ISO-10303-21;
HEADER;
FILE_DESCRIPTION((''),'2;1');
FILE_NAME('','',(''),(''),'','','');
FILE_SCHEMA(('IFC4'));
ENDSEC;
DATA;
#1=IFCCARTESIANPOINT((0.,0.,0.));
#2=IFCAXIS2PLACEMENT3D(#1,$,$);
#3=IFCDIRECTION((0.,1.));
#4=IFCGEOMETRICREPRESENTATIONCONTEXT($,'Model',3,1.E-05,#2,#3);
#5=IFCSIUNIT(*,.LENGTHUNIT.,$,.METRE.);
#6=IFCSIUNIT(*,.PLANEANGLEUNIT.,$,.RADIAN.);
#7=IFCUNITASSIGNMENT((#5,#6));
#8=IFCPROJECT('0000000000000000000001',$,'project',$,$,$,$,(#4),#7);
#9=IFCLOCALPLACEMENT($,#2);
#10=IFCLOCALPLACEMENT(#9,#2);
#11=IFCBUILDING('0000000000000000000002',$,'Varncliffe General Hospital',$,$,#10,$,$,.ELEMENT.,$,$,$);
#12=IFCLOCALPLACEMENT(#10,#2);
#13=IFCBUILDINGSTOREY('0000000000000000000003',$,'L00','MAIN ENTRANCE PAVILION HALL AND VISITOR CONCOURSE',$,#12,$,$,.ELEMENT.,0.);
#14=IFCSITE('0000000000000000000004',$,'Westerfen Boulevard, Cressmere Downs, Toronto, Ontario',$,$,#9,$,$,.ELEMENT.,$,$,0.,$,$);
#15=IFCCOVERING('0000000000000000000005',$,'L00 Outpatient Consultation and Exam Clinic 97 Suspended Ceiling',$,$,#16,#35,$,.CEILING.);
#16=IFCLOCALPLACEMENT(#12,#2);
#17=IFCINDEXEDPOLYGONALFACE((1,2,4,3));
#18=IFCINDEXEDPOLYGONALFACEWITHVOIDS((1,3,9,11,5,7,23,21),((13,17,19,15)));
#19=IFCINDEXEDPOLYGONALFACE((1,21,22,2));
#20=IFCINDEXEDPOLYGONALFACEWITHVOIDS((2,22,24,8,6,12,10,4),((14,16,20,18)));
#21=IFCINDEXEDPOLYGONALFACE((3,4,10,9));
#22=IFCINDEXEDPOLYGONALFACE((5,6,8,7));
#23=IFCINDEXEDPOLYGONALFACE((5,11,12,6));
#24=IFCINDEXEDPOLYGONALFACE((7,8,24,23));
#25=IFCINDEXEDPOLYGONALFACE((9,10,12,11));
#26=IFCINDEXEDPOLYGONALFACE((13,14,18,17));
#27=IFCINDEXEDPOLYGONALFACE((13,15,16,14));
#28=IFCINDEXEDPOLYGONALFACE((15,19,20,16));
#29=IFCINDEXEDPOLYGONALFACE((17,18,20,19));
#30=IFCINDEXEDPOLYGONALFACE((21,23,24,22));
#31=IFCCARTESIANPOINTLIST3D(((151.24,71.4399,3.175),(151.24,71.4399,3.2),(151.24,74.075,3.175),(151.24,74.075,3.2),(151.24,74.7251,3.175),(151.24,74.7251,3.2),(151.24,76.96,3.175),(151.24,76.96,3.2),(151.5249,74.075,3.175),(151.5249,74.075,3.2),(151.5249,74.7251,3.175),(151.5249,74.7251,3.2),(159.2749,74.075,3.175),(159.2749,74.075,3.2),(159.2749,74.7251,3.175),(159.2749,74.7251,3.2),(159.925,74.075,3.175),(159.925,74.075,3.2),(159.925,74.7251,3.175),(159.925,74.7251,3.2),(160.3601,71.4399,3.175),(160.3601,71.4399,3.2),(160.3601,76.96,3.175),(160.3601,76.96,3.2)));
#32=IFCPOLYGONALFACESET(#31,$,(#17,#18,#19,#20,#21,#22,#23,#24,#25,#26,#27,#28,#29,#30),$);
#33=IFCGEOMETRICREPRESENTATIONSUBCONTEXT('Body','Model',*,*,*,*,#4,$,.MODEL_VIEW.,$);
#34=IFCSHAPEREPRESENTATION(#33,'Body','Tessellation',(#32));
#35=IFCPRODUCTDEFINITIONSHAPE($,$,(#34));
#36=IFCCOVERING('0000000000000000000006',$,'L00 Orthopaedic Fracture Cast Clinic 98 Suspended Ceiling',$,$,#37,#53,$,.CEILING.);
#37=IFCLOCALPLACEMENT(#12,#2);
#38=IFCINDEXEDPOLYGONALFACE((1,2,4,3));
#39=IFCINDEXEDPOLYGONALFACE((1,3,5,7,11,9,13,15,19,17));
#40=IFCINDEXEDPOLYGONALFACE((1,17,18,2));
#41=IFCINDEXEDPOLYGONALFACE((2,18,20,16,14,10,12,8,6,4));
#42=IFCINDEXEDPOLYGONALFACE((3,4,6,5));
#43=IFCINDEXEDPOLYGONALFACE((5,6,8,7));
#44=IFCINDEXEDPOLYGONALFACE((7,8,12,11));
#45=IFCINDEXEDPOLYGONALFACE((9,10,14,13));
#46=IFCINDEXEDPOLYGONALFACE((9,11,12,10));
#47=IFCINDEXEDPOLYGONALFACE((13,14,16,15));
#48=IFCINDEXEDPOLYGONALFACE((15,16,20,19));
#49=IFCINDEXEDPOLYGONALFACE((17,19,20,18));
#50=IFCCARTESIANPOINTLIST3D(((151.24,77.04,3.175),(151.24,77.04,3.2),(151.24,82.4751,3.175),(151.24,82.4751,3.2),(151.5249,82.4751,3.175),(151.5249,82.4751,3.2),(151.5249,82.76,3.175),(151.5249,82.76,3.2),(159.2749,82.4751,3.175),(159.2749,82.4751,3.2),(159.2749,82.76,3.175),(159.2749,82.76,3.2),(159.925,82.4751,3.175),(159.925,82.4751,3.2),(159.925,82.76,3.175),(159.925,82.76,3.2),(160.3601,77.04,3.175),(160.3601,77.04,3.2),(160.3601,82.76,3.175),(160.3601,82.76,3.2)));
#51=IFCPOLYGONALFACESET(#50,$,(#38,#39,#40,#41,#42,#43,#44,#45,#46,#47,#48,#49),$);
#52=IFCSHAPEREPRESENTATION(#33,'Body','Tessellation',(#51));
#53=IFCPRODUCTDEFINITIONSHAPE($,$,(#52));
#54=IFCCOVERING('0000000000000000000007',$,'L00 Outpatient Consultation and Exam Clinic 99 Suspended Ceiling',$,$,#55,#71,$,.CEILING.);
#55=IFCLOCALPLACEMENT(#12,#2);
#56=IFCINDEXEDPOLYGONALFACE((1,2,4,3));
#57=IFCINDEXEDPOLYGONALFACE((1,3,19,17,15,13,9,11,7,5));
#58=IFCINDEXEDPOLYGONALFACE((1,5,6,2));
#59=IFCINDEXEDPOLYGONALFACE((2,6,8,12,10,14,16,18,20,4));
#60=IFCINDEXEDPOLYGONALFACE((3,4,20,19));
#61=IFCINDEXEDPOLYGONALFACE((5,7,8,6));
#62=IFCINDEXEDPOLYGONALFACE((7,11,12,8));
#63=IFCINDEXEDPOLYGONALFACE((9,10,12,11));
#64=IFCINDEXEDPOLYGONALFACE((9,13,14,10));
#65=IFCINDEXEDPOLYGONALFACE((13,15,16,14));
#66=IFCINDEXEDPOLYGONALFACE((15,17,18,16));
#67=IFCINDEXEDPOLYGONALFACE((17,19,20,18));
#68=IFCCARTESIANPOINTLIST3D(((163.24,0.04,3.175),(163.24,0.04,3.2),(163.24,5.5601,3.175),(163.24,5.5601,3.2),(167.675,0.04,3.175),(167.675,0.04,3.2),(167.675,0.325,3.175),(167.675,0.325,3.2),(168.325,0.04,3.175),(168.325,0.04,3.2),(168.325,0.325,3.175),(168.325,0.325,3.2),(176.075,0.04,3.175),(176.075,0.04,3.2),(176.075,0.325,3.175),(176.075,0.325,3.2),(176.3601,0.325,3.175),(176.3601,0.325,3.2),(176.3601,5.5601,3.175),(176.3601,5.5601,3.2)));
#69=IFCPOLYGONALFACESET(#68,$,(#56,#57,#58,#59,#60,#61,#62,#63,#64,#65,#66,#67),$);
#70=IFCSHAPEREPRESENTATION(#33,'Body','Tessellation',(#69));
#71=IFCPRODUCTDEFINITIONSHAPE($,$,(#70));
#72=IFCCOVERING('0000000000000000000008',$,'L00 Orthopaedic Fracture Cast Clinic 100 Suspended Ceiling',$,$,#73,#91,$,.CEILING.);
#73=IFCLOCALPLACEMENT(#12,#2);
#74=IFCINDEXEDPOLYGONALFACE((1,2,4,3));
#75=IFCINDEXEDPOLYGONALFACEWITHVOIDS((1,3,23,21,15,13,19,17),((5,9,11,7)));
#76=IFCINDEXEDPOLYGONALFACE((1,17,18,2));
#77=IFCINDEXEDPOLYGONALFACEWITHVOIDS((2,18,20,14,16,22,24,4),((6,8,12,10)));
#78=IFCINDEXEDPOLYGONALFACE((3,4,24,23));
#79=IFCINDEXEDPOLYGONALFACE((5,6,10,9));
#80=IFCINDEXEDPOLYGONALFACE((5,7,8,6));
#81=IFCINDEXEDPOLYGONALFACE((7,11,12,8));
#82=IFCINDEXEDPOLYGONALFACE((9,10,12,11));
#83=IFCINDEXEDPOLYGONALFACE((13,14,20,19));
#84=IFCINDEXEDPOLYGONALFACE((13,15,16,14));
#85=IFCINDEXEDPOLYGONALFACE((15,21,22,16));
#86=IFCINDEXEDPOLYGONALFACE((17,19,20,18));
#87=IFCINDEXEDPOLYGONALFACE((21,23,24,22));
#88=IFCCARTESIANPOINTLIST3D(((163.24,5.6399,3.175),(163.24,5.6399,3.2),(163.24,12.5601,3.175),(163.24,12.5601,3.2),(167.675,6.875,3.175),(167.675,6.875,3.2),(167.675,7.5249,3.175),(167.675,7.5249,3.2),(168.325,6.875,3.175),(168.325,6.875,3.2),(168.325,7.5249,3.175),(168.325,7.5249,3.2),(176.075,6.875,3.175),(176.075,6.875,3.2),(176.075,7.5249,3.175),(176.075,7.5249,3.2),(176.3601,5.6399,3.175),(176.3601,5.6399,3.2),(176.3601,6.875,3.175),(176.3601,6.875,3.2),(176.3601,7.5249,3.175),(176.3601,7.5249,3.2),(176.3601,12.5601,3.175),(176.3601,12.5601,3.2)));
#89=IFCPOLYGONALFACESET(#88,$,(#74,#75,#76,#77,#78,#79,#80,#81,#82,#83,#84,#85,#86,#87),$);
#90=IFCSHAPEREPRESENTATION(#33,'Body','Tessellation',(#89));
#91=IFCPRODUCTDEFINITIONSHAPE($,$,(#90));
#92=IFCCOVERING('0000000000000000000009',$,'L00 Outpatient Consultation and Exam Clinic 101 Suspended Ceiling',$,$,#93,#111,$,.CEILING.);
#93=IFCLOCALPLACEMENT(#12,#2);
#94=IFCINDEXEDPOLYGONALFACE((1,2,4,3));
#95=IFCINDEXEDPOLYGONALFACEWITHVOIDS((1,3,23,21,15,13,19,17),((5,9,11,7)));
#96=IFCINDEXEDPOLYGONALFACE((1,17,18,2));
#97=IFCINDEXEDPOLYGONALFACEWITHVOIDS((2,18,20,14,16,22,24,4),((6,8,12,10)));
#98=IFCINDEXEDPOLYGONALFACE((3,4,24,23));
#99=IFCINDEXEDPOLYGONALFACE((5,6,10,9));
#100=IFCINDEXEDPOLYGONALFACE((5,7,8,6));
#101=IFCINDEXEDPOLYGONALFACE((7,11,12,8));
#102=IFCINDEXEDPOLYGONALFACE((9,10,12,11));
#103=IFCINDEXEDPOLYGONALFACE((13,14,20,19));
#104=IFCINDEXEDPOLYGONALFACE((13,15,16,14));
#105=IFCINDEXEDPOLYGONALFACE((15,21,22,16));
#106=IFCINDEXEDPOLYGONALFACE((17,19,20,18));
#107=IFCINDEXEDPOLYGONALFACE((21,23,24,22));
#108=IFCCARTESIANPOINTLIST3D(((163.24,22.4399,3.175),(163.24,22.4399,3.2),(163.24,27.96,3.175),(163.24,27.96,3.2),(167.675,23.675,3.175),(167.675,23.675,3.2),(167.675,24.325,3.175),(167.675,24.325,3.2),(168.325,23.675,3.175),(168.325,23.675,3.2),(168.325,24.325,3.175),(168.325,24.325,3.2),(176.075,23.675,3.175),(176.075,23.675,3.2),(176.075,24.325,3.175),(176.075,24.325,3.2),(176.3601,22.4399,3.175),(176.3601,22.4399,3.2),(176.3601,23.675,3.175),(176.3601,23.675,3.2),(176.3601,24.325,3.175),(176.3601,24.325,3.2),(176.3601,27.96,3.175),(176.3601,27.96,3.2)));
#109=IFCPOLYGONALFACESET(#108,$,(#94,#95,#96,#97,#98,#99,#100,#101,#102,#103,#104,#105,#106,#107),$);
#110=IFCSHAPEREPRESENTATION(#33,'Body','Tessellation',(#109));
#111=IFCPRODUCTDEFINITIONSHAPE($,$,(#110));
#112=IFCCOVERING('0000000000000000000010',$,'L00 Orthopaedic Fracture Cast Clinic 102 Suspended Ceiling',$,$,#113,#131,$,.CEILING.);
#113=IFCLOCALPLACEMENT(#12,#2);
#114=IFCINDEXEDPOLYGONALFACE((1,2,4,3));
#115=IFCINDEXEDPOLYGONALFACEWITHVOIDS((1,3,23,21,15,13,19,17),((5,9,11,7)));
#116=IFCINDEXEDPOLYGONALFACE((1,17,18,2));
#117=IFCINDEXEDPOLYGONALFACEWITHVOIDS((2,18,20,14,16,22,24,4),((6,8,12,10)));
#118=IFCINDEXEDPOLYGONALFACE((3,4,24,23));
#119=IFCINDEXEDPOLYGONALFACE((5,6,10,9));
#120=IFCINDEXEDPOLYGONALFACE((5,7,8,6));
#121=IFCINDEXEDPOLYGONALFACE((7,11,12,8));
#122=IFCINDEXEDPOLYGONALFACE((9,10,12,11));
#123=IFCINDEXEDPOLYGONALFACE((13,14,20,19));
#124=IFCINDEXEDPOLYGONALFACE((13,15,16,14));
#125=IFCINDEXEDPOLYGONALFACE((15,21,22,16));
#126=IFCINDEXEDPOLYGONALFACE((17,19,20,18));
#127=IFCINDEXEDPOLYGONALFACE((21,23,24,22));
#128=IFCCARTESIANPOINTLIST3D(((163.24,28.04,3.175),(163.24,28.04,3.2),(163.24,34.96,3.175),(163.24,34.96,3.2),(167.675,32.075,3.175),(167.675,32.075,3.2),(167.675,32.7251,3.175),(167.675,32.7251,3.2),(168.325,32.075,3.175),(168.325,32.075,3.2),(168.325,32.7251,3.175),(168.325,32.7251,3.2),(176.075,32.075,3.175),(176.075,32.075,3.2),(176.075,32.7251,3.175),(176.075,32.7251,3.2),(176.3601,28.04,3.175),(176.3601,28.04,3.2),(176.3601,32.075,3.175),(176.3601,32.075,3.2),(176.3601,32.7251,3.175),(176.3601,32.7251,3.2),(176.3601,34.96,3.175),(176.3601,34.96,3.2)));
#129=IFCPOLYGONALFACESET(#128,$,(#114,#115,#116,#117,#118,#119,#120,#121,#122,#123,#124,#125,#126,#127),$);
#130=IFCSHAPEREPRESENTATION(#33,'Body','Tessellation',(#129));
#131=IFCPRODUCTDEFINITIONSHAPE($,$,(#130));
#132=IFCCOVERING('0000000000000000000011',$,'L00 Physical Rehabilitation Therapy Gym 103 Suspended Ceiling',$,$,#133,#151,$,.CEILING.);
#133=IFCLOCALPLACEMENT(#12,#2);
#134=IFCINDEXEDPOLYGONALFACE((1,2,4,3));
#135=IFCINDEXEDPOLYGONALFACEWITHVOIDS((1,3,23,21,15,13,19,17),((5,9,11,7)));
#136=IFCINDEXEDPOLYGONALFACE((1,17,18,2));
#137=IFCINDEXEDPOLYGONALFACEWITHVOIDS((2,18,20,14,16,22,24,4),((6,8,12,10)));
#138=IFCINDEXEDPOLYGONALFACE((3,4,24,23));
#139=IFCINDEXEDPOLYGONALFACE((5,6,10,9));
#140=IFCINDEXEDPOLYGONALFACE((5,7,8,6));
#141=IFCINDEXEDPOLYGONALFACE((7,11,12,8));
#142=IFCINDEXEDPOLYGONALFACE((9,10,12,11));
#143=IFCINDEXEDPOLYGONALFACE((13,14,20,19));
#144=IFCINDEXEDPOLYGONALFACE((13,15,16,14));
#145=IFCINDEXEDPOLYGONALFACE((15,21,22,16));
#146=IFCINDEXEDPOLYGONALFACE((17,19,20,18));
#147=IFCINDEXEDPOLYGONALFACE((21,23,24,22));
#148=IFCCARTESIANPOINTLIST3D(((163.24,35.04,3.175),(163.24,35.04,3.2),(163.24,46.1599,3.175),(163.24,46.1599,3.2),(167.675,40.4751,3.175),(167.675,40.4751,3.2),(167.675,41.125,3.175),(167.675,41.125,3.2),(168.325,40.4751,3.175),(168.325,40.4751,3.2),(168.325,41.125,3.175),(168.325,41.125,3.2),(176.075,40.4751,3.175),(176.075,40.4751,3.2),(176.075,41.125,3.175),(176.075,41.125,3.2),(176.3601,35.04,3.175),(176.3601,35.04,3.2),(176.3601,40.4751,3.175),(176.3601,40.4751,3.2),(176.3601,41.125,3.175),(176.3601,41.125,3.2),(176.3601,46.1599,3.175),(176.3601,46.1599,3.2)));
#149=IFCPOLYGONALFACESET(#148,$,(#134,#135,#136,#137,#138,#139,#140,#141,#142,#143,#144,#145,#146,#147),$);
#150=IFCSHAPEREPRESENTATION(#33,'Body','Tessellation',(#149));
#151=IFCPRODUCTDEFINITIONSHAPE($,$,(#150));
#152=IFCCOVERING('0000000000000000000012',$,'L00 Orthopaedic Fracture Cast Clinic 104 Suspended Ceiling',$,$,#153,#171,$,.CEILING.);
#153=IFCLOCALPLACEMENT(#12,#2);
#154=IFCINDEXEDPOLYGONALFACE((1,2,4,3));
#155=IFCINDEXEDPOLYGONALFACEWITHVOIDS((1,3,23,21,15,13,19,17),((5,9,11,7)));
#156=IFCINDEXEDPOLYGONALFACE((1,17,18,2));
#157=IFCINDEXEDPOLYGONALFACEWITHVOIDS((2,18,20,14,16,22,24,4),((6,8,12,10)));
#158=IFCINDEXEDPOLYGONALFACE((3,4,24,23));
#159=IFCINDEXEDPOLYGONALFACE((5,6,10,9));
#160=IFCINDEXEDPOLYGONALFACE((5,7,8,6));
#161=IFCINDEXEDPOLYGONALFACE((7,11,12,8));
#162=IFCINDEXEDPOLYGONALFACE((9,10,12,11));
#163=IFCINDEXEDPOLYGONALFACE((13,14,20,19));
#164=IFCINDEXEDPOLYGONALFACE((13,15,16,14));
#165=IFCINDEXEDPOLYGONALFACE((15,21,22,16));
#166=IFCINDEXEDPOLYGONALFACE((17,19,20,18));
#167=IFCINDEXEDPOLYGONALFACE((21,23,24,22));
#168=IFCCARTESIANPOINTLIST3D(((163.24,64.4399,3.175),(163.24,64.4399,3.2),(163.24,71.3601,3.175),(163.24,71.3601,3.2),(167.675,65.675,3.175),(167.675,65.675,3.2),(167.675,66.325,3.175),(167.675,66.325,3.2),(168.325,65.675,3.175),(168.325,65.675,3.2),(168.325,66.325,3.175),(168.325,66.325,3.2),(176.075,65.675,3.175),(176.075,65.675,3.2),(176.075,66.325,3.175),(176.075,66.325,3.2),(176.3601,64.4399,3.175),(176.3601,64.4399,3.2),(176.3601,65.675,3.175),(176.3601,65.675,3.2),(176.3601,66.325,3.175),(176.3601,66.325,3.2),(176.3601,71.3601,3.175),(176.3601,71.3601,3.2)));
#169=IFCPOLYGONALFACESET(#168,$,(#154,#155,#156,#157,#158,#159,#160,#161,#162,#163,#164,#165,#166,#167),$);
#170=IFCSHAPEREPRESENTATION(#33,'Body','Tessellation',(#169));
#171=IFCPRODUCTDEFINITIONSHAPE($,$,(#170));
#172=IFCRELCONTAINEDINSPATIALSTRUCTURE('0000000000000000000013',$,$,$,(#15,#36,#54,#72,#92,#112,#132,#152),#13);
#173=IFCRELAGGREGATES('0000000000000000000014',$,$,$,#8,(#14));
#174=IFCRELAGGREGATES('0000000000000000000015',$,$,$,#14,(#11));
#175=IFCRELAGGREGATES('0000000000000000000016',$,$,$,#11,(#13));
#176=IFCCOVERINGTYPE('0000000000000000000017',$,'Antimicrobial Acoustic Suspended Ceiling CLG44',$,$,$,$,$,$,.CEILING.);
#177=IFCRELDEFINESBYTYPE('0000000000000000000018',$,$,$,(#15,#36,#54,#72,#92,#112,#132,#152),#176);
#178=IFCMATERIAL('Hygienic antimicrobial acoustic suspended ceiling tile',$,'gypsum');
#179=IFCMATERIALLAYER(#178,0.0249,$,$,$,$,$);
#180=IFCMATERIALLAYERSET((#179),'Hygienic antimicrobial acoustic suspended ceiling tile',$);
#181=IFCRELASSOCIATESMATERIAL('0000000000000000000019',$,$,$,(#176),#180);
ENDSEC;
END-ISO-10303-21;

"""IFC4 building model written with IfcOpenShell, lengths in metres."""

from ifc_helpers import new_model, si_unit, direction, frame, origin, place, context, subcontext, project, spatial, polyline, outline, extrude, material, layer, layer_set, type_object, element, save


model = new_model("IFC4")

# Units and contexts
model_context = context("Model", 3, precision=1e-05, world=origin(), true_north=direction((0.0, 1.0)))
body_context = subcontext(model_context, "Body", "Model", "MODEL_VIEW")
ifc_project = project(units=[si_unit("LENGTHUNIT", "METRE"), si_unit("PLANEANGLEUNIT", "RADIAN")], contexts=[model_context])

# Site, building, storey
site_placement = place(None, origin())
site = spatial("IfcSite", under=ifc_project, at=site_placement, Name="Westerfen Boulevard, Cressmere Downs, Toronto, Ontario", CompositionType="ELEMENT", RefElevation=0.0)
building_placement = place(site_placement, origin())
building = spatial("IfcBuilding", under=site, at=building_placement, Name="Varncliffe General Hospital", CompositionType="ELEMENT")
storey_placement = place(building_placement, origin())
storey = spatial("IfcBuildingStorey", under=building, at=storey_placement, Name="L00", Description="MAIN ENTRANCE PAVILION HALL AND VISITOR CONCOURSE", CompositionType="ELEMENT", Elevation=0.0)

# Coverings
ifc_material = material(Name="Hygienic antimicrobial acoustic suspended ceiling tile", Category="gypsum")
ifc_layer = layer(ifc_material, 0.0249)
ifc_layer_set = layer_set([ifc_layer], Name="Hygienic antimicrobial acoustic suspended ceiling tile")
covering_type = type_object("IfcCoveringType", Name="Antimicrobial Acoustic Suspended Ceiling CLG44", PredefinedType="CEILING", material=ifc_layer_set)
covering_1_placement = place(storey_placement, frame((0.0, 0.0, 3.175)))
element("IfcCovering", 1, at=covering_1_placement, inside=storey, type_object=covering_type, Name="L00 Outpatient Consultation and Exam Clinic 97 Suspended Ceiling", PredefinedType="CEILING", context=body_context, shape_type="SweptSolid", body=[
    extrude(outline(polyline([(151.24, 76.96), (160.3601, 76.96), (160.3601, 71.4399), (151.24, 71.4399), (151.24, 74.075), (151.5249, 74.075), (151.5249, 74.7251), (151.24, 74.7251), (151.24, 76.96)]), holes=[polyline([(159.925, 74.075), (159.925, 74.7251), (159.2749, 74.7251), (159.2749, 74.075), (159.925, 74.075)])]), origin(), (0.0, 0.0, 1.0), 0.0249),
])
covering_2_placement = place(storey_placement, frame((0.0, 0.0, 3.175)))
element("IfcCovering", 2, at=covering_2_placement, inside=storey, type_object=covering_type, Name="L00 Orthopaedic Fracture Cast Clinic 98 Suspended Ceiling", PredefinedType="CEILING", context=body_context, shape_type="SweptSolid", body=[
    extrude(outline(polyline([(160.3601, 77.04), (151.24, 77.04), (151.24, 82.4751), (151.5249, 82.4751), (151.5249, 82.76), (159.2749, 82.76), (159.2749, 82.4751), (159.925, 82.4751), (159.925, 82.76), (160.3601, 82.76), (160.3601, 77.04)])), origin(), (0.0, 0.0, 1.0), 0.0249),
])
covering_3_placement = place(storey_placement, frame((0.0, 0.0, 3.175)))
element("IfcCovering", 3, at=covering_3_placement, inside=storey, type_object=covering_type, Name="L00 Outpatient Consultation and Exam Clinic 99 Suspended Ceiling", PredefinedType="CEILING", context=body_context, shape_type="SweptSolid", body=[
    extrude(outline(polyline([(163.24, 5.5601), (176.3601, 5.5601), (176.3601, 0.325), (176.075, 0.325), (176.075, 0.04), (168.325, 0.04), (168.325, 0.325), (167.675, 0.325), (167.675, 0.04), (163.24, 0.04), (163.24, 5.5601)])), origin(), (0.0, 0.0, 1.0), 0.0249),
])
covering_4_placement = place(storey_placement, frame((0.0, 0.0, 3.175)))
element("IfcCovering", 4, at=covering_4_placement, inside=storey, type_object=covering_type, Name="L00 Orthopaedic Fracture Cast Clinic 100 Suspended Ceiling", PredefinedType="CEILING", context=body_context, shape_type="SweptSolid", body=[
    extrude(outline(polyline([(176.3601, 5.6399), (163.24, 5.6399), (163.24, 12.5601), (176.3601, 12.5601), (176.3601, 7.5249), (176.075, 7.5249), (176.075, 6.875), (176.3601, 6.875), (176.3601, 5.6399)]), holes=[polyline([(168.325, 6.875), (168.325, 7.5249), (167.675, 7.5249), (167.675, 6.875), (168.325, 6.875)])]), origin(), (0.0, 0.0, 1.0), 0.0249),
])
covering_5_placement = place(storey_placement, frame((0.0, 0.0, 3.175)))
element("IfcCovering", 5, at=covering_5_placement, inside=storey, type_object=covering_type, Name="L00 Outpatient Consultation and Exam Clinic 101 Suspended Ceiling", PredefinedType="CEILING", context=body_context, shape_type="SweptSolid", body=[
    extrude(outline(polyline([(176.3601, 22.4399), (163.24, 22.4399), (163.24, 27.96), (176.3601, 27.96), (176.3601, 24.325), (176.075, 24.325), (176.075, 23.675), (176.3601, 23.675), (176.3601, 22.4399)]), holes=[polyline([(168.325, 23.675), (168.325, 24.325), (167.675, 24.325), (167.675, 23.675), (168.325, 23.675)])]), origin(), (0.0, 0.0, 1.0), 0.0249),
])
covering_6_placement = place(storey_placement, frame((0.0, 0.0, 3.175)))
element("IfcCovering", 6, at=covering_6_placement, inside=storey, type_object=covering_type, Name="L00 Orthopaedic Fracture Cast Clinic 102 Suspended Ceiling", PredefinedType="CEILING", context=body_context, shape_type="SweptSolid", body=[
    extrude(outline(polyline([(176.3601, 28.04), (163.24, 28.04), (163.24, 34.96), (176.3601, 34.96), (176.3601, 32.7251), (176.075, 32.7251), (176.075, 32.075), (176.3601, 32.075), (176.3601, 28.04)]), holes=[polyline([(168.325, 32.075), (168.325, 32.7251), (167.675, 32.7251), (167.675, 32.075), (168.325, 32.075)])]), origin(), (0.0, 0.0, 1.0), 0.0249),
])
covering_7_placement = place(storey_placement, frame((0.0, 0.0, 3.175)))
element("IfcCovering", 7, at=covering_7_placement, inside=storey, type_object=covering_type, Name="L00 Physical Rehabilitation Therapy Gym 103 Suspended Ceiling", PredefinedType="CEILING", context=body_context, shape_type="SweptSolid", body=[
    extrude(outline(polyline([(176.3601, 35.04), (163.24, 35.04), (163.24, 46.1599), (176.3601, 46.1599), (176.3601, 41.125), (176.075, 41.125), (176.075, 40.4751), (176.3601, 40.4751), (176.3601, 35.04)]), holes=[polyline([(168.325, 40.4751), (168.325, 41.125), (167.675, 41.125), (167.675, 40.4751), (168.325, 40.4751)])]), origin(), (0.0, 0.0, 1.0), 0.0249),
])
covering_8_placement = place(storey_placement, frame((0.0, 0.0, 3.175)))
element("IfcCovering", 8, at=covering_8_placement, inside=storey, type_object=covering_type, Name="L00 Orthopaedic Fracture Cast Clinic 104 Suspended Ceiling", PredefinedType="CEILING", context=body_context, shape_type="SweptSolid", body=[
    extrude(outline(polyline([(176.3601, 64.4399), (163.24, 64.4399), (163.24, 71.3601), (176.3601, 71.3601), (176.3601, 66.325), (176.075, 66.325), (176.075, 65.675), (176.3601, 65.675), (176.3601, 64.4399)]), holes=[polyline([(168.325, 65.675), (168.325, 66.325), (167.675, 66.325), (167.675, 65.675), (168.325, 65.675)])]), origin(), (0.0, 0.0, 1.0), 0.0249),
])

save(model, "model.ifc")
